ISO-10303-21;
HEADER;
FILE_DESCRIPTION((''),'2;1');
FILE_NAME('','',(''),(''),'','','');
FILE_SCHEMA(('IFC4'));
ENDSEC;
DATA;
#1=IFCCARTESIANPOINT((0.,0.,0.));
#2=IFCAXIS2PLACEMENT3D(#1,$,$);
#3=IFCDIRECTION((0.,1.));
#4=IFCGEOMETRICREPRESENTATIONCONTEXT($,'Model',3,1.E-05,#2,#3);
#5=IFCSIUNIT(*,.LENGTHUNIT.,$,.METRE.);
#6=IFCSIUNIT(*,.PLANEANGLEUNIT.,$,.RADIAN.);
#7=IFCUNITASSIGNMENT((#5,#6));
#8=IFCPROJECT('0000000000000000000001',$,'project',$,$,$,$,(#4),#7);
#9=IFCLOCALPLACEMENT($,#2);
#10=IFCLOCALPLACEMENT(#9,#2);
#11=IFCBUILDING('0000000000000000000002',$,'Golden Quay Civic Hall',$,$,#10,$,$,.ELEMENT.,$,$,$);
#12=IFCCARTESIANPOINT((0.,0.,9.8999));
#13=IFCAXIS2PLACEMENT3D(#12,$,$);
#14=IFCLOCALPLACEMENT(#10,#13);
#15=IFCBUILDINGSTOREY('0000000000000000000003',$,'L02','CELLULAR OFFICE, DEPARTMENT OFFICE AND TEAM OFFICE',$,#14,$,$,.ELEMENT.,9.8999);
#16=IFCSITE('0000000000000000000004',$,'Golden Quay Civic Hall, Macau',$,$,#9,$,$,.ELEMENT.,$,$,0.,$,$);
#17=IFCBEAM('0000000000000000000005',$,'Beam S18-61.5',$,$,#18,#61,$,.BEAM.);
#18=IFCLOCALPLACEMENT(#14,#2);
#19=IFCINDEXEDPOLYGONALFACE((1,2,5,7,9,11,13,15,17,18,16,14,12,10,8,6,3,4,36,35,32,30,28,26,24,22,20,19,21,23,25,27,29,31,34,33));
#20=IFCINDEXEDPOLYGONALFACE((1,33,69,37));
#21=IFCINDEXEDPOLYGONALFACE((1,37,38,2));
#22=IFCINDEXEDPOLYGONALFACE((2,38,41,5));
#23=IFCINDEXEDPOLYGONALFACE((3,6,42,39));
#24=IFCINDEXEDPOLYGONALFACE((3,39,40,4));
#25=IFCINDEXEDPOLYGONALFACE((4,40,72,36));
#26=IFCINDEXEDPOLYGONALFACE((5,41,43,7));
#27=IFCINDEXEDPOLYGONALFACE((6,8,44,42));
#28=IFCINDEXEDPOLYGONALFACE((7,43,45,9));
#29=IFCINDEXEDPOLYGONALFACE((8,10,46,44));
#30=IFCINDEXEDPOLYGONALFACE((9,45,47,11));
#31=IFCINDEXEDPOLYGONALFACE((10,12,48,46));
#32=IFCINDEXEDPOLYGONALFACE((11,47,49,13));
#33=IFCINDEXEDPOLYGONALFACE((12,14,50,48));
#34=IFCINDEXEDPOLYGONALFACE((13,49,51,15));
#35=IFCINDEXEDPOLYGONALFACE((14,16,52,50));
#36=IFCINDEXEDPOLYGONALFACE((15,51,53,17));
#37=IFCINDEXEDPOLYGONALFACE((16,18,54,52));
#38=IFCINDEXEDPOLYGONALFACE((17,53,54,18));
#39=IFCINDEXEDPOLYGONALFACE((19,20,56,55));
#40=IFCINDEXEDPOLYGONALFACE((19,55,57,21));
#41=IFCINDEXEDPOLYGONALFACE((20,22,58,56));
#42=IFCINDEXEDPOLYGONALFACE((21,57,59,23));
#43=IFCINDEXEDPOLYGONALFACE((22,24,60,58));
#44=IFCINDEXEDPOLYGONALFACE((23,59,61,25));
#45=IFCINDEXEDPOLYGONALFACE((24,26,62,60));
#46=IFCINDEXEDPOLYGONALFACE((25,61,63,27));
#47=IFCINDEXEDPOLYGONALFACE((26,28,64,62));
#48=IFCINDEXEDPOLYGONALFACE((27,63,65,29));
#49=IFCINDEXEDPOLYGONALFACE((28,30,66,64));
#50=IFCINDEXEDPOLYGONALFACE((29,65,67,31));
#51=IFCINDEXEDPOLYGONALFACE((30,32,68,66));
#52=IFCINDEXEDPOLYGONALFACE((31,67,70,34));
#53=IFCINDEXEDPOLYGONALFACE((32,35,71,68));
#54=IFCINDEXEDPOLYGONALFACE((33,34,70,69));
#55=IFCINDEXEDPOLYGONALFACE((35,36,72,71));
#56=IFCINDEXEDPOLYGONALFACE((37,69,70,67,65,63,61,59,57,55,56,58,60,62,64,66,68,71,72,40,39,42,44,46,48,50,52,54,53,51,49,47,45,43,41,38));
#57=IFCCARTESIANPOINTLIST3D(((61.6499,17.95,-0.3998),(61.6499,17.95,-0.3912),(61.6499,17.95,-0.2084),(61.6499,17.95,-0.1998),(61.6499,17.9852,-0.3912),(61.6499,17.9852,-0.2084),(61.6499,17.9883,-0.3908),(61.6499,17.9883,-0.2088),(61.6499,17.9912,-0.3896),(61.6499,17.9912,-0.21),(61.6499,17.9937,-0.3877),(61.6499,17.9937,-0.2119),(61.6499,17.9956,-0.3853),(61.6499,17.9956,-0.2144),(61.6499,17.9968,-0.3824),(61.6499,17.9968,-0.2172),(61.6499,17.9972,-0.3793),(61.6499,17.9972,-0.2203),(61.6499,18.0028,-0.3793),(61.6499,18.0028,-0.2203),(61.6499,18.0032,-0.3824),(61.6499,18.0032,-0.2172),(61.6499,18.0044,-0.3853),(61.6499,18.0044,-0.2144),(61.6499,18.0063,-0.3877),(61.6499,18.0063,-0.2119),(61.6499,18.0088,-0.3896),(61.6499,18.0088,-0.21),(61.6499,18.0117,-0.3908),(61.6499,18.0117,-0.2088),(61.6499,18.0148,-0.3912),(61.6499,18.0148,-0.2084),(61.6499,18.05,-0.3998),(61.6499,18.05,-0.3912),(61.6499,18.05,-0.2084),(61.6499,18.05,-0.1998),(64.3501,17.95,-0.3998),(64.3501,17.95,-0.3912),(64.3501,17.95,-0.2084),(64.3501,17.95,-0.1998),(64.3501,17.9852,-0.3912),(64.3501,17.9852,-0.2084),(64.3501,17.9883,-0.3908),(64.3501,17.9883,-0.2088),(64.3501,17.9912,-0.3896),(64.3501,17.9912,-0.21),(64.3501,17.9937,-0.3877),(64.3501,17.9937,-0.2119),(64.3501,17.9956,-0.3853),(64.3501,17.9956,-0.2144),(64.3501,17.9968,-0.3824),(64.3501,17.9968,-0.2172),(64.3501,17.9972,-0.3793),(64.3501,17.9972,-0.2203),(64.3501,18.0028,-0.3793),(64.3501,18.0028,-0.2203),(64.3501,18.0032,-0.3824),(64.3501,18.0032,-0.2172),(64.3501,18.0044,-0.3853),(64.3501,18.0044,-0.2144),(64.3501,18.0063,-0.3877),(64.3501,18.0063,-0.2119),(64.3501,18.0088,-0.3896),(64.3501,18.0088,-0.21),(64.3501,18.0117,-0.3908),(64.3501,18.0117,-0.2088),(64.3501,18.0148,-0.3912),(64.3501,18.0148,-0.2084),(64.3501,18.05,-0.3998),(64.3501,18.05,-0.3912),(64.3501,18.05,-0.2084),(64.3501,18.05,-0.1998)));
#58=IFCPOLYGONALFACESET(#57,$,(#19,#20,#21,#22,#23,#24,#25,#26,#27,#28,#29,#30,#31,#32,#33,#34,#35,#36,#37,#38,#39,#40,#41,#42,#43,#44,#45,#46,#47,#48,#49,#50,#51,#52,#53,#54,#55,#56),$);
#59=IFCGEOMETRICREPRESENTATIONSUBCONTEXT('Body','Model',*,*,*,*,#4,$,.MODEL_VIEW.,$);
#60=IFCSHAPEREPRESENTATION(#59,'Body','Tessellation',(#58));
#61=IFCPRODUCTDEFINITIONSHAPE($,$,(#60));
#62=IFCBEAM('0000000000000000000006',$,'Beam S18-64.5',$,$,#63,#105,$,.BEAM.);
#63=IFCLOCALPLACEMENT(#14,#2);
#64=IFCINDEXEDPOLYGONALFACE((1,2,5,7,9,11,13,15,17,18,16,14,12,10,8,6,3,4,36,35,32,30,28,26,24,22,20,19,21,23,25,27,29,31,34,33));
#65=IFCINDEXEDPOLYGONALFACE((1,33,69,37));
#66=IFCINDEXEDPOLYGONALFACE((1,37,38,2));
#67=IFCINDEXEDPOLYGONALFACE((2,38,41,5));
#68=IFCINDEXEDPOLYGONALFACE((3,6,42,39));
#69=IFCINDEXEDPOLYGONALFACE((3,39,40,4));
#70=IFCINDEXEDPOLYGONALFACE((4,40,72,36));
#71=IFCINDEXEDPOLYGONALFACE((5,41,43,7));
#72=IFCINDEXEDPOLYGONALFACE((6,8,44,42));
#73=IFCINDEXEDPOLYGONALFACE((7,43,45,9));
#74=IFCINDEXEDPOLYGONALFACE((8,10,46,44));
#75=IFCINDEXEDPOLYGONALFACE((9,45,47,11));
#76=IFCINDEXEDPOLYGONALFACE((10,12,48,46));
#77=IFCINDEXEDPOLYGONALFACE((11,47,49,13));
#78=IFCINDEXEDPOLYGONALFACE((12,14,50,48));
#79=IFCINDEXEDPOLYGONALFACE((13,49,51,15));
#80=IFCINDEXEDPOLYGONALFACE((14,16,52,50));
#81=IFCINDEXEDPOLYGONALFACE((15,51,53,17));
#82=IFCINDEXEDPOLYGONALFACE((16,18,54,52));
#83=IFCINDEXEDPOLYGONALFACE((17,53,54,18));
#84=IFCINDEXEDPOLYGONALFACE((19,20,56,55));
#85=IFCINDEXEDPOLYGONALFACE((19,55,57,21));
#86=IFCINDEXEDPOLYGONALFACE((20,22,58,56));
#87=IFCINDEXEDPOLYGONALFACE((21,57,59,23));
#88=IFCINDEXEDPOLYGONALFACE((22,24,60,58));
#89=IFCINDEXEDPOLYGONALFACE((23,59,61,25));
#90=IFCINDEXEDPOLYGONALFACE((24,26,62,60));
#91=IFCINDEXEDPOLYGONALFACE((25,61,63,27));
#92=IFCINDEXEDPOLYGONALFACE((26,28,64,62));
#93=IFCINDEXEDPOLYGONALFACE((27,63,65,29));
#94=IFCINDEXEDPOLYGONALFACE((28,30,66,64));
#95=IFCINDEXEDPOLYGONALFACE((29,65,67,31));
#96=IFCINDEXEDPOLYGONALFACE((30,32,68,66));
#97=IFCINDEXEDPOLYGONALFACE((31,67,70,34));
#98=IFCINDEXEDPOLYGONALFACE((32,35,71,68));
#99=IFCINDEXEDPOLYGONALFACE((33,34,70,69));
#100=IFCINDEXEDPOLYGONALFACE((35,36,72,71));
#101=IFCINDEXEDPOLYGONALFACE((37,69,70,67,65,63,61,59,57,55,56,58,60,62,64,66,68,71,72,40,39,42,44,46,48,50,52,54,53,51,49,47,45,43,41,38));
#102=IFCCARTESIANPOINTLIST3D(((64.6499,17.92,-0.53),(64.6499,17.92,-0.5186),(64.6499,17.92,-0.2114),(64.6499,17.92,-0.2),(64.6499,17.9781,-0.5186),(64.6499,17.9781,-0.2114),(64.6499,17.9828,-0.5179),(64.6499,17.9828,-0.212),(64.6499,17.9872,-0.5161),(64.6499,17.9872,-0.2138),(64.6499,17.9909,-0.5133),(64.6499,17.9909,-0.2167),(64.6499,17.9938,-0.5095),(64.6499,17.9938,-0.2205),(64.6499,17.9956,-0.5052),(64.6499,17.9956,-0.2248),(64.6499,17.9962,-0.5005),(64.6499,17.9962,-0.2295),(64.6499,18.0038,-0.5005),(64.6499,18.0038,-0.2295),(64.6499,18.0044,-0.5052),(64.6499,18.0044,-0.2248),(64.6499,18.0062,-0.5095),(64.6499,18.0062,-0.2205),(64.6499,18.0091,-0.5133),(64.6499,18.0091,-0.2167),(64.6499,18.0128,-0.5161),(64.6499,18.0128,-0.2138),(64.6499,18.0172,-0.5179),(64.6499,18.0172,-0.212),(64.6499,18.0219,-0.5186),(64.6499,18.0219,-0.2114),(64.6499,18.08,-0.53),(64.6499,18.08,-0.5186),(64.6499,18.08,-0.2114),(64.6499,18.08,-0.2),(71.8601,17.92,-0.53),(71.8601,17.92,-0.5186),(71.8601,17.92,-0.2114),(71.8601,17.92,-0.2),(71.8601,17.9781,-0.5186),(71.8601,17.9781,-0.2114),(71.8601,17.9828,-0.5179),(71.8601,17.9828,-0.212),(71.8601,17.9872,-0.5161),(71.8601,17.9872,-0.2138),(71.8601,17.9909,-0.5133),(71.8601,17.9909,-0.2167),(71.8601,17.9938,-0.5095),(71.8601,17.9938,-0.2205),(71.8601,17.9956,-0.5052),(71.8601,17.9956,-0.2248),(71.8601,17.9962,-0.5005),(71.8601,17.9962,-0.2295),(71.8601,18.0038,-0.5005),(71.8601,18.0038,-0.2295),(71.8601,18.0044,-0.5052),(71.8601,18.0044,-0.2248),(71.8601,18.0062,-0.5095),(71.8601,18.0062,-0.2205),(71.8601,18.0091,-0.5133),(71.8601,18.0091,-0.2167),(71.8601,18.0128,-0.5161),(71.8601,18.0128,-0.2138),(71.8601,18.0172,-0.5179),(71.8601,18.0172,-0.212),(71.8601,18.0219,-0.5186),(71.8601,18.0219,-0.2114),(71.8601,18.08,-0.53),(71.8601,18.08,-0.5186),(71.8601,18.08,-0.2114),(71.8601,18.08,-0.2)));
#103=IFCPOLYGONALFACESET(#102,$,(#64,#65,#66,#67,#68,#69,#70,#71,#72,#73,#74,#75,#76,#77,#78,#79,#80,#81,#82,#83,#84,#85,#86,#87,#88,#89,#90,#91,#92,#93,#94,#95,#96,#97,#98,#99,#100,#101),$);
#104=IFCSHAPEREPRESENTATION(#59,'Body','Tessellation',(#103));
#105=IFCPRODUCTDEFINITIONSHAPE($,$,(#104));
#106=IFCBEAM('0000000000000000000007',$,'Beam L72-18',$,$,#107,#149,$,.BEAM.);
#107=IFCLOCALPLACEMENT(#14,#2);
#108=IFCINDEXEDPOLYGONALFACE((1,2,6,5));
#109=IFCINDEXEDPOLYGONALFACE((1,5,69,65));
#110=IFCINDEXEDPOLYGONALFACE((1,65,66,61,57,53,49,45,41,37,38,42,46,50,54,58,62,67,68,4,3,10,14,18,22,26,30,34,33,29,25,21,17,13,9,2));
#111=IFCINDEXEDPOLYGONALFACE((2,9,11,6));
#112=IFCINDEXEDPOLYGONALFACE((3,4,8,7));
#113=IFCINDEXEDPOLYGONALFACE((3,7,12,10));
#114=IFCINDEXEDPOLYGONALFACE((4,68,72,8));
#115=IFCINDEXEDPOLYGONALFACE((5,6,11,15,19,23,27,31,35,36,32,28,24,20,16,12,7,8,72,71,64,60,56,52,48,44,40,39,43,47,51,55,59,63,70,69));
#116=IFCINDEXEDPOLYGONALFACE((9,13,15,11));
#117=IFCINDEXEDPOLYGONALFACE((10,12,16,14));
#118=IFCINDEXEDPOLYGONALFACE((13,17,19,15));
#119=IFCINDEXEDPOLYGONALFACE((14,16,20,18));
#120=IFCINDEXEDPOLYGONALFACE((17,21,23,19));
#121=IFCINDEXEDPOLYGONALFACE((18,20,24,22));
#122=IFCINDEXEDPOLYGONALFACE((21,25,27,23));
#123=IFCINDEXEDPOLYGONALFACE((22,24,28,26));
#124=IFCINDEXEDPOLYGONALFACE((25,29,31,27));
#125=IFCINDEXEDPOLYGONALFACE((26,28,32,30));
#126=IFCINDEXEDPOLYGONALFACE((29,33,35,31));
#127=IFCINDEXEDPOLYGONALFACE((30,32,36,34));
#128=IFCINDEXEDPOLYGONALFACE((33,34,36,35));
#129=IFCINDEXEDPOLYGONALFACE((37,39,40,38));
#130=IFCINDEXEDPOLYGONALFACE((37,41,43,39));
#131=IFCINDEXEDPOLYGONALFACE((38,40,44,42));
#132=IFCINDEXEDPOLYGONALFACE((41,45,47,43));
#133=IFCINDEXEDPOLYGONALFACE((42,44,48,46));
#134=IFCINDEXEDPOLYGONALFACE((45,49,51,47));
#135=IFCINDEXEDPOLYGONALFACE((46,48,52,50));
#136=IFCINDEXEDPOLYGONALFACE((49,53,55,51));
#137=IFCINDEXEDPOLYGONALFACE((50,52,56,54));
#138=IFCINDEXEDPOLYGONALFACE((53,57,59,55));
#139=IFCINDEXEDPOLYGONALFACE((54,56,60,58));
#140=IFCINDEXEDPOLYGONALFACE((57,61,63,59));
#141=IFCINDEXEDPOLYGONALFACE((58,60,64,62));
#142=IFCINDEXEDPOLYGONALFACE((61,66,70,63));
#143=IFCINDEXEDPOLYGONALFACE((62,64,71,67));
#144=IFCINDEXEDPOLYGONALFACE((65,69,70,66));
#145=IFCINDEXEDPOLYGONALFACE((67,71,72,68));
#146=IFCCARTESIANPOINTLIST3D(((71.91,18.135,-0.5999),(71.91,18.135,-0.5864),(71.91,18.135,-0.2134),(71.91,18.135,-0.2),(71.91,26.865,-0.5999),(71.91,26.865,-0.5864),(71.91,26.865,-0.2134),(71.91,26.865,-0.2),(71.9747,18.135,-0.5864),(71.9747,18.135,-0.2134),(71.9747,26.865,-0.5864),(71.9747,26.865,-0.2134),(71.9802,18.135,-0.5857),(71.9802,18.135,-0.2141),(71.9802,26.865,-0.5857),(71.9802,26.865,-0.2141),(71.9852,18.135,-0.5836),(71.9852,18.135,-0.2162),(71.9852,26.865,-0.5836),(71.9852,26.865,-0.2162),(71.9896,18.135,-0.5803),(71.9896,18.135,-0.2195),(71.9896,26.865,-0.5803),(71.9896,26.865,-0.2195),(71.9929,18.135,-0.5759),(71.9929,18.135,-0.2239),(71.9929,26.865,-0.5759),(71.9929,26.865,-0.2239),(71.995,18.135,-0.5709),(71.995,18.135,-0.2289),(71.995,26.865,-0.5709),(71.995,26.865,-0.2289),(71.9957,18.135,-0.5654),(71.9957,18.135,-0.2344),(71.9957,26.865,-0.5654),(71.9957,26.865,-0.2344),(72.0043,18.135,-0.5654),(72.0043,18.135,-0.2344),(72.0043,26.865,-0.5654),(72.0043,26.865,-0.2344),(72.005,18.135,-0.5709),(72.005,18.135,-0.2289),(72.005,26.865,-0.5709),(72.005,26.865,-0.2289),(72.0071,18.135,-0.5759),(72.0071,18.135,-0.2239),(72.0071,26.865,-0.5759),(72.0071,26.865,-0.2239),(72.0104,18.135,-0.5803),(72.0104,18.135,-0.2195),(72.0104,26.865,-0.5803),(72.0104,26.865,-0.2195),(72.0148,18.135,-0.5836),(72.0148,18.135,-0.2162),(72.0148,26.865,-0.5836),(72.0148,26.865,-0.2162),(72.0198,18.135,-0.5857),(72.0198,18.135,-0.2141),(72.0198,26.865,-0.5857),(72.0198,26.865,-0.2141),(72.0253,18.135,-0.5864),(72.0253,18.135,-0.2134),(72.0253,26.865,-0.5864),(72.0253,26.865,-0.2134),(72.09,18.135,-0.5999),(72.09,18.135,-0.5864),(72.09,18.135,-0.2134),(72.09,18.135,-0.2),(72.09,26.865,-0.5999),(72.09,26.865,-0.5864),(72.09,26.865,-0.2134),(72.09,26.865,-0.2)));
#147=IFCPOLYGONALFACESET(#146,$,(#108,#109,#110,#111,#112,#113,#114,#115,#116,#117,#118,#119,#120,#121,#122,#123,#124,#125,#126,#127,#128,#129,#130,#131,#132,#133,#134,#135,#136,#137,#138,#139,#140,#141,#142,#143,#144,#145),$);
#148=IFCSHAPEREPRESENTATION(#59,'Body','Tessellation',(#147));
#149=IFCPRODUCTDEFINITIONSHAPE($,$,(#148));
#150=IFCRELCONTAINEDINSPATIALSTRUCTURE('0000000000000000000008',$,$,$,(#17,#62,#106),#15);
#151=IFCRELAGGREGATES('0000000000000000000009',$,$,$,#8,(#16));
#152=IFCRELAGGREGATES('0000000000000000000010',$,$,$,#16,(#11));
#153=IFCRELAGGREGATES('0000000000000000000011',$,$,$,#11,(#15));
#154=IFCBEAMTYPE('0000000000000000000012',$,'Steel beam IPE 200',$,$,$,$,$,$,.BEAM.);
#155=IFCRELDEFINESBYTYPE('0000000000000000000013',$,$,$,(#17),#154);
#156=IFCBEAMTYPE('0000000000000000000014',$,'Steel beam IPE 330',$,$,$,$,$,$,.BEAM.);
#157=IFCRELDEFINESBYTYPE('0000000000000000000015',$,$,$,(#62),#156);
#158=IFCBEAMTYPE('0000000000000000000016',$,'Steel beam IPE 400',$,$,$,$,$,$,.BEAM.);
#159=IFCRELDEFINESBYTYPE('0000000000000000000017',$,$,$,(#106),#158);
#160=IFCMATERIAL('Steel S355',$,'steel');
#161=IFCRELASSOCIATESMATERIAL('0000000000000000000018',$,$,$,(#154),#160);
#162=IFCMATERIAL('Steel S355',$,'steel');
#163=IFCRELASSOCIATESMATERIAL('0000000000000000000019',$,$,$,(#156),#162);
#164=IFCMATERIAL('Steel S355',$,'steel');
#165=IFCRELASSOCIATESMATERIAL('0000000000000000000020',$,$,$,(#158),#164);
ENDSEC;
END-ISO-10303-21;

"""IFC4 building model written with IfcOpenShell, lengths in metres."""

from ifc_helpers import new_model, si_unit, direction, frame, origin, origin_2d, place, context, subcontext, project, spatial, i_section, extrude, material, material_profile, profile_set, type_object, element, save


model = new_model("IFC4")

# Units and contexts
model_context = context("Model", 3, precision=1e-05, world=origin(), true_north=direction((0.0, 1.0)))
body_context = subcontext(model_context, "Body", "Model", "MODEL_VIEW")
ifc_project = project(units=[si_unit("LENGTHUNIT", "METRE"), si_unit("PLANEANGLEUNIT", "RADIAN")], contexts=[model_context])

# Site, building, storey
site_placement = place(None, origin())
site = spatial("IfcSite", under=ifc_project, at=site_placement, Name="Golden Quay Civic Hall, Macau", CompositionType="ELEMENT", RefElevation=0.0)
building_placement = place(site_placement, origin())
building = spatial("IfcBuilding", under=site, at=building_placement, Name="Golden Quay Civic Hall", CompositionType="ELEMENT")
storey_placement = place(building_placement, frame((0.0, 0.0, 9.8999)))
storey = spatial("IfcBuildingStorey", under=building, at=storey_placement, Name="L02", Description="CELLULAR OFFICE, DEPARTMENT OFFICE AND TEAM OFFICE", CompositionType="ELEMENT", Elevation=9.8999)

# Beams
ifc_material_1 = material(Name="Steel S355", Category="steel")
ifc_material_profile_1 = material_profile(ifc_material_1, i_section(OverallWidth=0.1001, OverallDepth=0.2, WebThickness=0.0056, FlangeThickness=0.0085, FilletRadius=0.012, at=origin_2d()), Name="IPE 200")
ifc_profile_set_1 = profile_set([ifc_material_profile_1], Name="Steel S355")
beam_type_1 = type_object("IfcBeamType", Name="Steel beam IPE 200", PredefinedType="BEAM", material=ifc_profile_set_1)
beam_1_placement = place(storey_placement, frame((61.6499, 18.0, -0.2998), z_axis=(1.0, 0.0, 0.0), x_axis=(0.0, 1.0, 0.0)))
element("IfcBeam", 1, at=beam_1_placement, inside=storey, type_object=beam_type_1, Name="Beam S18-61.5", PredefinedType="BEAM", context=body_context, shape_type="SweptSolid", body=[
    extrude(i_section(OverallWidth=0.1001, OverallDepth=0.2, WebThickness=0.0056, FlangeThickness=0.0085, FilletRadius=0.012, at=origin_2d()), origin(), (0.0, 0.0, 1.0), 2.7002),
])
ifc_material_2 = material(Name="Steel S355", Category="steel")
ifc_material_profile_2 = material_profile(ifc_material_2, i_section(OverallWidth=0.1599, OverallDepth=0.3301, WebThickness=0.0076, FlangeThickness=0.0115, FilletRadius=0.0181, at=origin_2d()), Name="IPE 330")
ifc_profile_set_2 = profile_set([ifc_material_profile_2], Name="Steel S355")
beam_type_2 = type_object("IfcBeamType", Name="Steel beam IPE 330", PredefinedType="BEAM", material=ifc_profile_set_2)
beam_2_placement = place(storey_placement, frame((64.6499, 18.0, -0.365), z_axis=(1.0, 0.0, 0.0), x_axis=(0.0, 1.0, 0.0)))
element("IfcBeam", 2, at=beam_2_placement, inside=storey, type_object=beam_type_2, Name="Beam S18-64.5", PredefinedType="BEAM", context=body_context, shape_type="SweptSolid", body=[
    extrude(i_section(OverallWidth=0.1599, OverallDepth=0.3301, WebThickness=0.0076, FlangeThickness=0.0115, FilletRadius=0.0181, at=origin_2d()), origin(), (0.0, 0.0, 1.0), 7.2102),
])
ifc_material_3 = material(Name="Steel S355", Category="steel")
ifc_material_profile_3 = material_profile(ifc_material_3, i_section(OverallWidth=0.1799, OverallDepth=0.3999, WebThickness=0.0085, FlangeThickness=0.0134, FilletRadius=0.021, at=origin_2d()), Name="IPE 400")
ifc_profile_set_3 = profile_set([ifc_material_profile_3], Name="Steel S355")
beam_type_3 = type_object("IfcBeamType", Name="Steel beam IPE 400", PredefinedType="BEAM", material=ifc_profile_set_3)
beam_3_placement = place(storey_placement, frame((72.0, 18.135, -0.3999), z_axis=(0.0, 1.0, 0.0), x_axis=(-1.0, 0.0, 0.0)))
element("IfcBeam", 3, at=beam_3_placement, inside=storey, type_object=beam_type_3, Name="Beam L72-18", PredefinedType="BEAM", context=body_context, shape_type="SweptSolid", body=[
    extrude(i_section(OverallWidth=0.1799, OverallDepth=0.3999, WebThickness=0.0085, FlangeThickness=0.0134, FilletRadius=0.021, at=origin_2d()), origin(), (0.0, 0.0, 1.0), 8.73),
])

save(model, "model.ifc")
